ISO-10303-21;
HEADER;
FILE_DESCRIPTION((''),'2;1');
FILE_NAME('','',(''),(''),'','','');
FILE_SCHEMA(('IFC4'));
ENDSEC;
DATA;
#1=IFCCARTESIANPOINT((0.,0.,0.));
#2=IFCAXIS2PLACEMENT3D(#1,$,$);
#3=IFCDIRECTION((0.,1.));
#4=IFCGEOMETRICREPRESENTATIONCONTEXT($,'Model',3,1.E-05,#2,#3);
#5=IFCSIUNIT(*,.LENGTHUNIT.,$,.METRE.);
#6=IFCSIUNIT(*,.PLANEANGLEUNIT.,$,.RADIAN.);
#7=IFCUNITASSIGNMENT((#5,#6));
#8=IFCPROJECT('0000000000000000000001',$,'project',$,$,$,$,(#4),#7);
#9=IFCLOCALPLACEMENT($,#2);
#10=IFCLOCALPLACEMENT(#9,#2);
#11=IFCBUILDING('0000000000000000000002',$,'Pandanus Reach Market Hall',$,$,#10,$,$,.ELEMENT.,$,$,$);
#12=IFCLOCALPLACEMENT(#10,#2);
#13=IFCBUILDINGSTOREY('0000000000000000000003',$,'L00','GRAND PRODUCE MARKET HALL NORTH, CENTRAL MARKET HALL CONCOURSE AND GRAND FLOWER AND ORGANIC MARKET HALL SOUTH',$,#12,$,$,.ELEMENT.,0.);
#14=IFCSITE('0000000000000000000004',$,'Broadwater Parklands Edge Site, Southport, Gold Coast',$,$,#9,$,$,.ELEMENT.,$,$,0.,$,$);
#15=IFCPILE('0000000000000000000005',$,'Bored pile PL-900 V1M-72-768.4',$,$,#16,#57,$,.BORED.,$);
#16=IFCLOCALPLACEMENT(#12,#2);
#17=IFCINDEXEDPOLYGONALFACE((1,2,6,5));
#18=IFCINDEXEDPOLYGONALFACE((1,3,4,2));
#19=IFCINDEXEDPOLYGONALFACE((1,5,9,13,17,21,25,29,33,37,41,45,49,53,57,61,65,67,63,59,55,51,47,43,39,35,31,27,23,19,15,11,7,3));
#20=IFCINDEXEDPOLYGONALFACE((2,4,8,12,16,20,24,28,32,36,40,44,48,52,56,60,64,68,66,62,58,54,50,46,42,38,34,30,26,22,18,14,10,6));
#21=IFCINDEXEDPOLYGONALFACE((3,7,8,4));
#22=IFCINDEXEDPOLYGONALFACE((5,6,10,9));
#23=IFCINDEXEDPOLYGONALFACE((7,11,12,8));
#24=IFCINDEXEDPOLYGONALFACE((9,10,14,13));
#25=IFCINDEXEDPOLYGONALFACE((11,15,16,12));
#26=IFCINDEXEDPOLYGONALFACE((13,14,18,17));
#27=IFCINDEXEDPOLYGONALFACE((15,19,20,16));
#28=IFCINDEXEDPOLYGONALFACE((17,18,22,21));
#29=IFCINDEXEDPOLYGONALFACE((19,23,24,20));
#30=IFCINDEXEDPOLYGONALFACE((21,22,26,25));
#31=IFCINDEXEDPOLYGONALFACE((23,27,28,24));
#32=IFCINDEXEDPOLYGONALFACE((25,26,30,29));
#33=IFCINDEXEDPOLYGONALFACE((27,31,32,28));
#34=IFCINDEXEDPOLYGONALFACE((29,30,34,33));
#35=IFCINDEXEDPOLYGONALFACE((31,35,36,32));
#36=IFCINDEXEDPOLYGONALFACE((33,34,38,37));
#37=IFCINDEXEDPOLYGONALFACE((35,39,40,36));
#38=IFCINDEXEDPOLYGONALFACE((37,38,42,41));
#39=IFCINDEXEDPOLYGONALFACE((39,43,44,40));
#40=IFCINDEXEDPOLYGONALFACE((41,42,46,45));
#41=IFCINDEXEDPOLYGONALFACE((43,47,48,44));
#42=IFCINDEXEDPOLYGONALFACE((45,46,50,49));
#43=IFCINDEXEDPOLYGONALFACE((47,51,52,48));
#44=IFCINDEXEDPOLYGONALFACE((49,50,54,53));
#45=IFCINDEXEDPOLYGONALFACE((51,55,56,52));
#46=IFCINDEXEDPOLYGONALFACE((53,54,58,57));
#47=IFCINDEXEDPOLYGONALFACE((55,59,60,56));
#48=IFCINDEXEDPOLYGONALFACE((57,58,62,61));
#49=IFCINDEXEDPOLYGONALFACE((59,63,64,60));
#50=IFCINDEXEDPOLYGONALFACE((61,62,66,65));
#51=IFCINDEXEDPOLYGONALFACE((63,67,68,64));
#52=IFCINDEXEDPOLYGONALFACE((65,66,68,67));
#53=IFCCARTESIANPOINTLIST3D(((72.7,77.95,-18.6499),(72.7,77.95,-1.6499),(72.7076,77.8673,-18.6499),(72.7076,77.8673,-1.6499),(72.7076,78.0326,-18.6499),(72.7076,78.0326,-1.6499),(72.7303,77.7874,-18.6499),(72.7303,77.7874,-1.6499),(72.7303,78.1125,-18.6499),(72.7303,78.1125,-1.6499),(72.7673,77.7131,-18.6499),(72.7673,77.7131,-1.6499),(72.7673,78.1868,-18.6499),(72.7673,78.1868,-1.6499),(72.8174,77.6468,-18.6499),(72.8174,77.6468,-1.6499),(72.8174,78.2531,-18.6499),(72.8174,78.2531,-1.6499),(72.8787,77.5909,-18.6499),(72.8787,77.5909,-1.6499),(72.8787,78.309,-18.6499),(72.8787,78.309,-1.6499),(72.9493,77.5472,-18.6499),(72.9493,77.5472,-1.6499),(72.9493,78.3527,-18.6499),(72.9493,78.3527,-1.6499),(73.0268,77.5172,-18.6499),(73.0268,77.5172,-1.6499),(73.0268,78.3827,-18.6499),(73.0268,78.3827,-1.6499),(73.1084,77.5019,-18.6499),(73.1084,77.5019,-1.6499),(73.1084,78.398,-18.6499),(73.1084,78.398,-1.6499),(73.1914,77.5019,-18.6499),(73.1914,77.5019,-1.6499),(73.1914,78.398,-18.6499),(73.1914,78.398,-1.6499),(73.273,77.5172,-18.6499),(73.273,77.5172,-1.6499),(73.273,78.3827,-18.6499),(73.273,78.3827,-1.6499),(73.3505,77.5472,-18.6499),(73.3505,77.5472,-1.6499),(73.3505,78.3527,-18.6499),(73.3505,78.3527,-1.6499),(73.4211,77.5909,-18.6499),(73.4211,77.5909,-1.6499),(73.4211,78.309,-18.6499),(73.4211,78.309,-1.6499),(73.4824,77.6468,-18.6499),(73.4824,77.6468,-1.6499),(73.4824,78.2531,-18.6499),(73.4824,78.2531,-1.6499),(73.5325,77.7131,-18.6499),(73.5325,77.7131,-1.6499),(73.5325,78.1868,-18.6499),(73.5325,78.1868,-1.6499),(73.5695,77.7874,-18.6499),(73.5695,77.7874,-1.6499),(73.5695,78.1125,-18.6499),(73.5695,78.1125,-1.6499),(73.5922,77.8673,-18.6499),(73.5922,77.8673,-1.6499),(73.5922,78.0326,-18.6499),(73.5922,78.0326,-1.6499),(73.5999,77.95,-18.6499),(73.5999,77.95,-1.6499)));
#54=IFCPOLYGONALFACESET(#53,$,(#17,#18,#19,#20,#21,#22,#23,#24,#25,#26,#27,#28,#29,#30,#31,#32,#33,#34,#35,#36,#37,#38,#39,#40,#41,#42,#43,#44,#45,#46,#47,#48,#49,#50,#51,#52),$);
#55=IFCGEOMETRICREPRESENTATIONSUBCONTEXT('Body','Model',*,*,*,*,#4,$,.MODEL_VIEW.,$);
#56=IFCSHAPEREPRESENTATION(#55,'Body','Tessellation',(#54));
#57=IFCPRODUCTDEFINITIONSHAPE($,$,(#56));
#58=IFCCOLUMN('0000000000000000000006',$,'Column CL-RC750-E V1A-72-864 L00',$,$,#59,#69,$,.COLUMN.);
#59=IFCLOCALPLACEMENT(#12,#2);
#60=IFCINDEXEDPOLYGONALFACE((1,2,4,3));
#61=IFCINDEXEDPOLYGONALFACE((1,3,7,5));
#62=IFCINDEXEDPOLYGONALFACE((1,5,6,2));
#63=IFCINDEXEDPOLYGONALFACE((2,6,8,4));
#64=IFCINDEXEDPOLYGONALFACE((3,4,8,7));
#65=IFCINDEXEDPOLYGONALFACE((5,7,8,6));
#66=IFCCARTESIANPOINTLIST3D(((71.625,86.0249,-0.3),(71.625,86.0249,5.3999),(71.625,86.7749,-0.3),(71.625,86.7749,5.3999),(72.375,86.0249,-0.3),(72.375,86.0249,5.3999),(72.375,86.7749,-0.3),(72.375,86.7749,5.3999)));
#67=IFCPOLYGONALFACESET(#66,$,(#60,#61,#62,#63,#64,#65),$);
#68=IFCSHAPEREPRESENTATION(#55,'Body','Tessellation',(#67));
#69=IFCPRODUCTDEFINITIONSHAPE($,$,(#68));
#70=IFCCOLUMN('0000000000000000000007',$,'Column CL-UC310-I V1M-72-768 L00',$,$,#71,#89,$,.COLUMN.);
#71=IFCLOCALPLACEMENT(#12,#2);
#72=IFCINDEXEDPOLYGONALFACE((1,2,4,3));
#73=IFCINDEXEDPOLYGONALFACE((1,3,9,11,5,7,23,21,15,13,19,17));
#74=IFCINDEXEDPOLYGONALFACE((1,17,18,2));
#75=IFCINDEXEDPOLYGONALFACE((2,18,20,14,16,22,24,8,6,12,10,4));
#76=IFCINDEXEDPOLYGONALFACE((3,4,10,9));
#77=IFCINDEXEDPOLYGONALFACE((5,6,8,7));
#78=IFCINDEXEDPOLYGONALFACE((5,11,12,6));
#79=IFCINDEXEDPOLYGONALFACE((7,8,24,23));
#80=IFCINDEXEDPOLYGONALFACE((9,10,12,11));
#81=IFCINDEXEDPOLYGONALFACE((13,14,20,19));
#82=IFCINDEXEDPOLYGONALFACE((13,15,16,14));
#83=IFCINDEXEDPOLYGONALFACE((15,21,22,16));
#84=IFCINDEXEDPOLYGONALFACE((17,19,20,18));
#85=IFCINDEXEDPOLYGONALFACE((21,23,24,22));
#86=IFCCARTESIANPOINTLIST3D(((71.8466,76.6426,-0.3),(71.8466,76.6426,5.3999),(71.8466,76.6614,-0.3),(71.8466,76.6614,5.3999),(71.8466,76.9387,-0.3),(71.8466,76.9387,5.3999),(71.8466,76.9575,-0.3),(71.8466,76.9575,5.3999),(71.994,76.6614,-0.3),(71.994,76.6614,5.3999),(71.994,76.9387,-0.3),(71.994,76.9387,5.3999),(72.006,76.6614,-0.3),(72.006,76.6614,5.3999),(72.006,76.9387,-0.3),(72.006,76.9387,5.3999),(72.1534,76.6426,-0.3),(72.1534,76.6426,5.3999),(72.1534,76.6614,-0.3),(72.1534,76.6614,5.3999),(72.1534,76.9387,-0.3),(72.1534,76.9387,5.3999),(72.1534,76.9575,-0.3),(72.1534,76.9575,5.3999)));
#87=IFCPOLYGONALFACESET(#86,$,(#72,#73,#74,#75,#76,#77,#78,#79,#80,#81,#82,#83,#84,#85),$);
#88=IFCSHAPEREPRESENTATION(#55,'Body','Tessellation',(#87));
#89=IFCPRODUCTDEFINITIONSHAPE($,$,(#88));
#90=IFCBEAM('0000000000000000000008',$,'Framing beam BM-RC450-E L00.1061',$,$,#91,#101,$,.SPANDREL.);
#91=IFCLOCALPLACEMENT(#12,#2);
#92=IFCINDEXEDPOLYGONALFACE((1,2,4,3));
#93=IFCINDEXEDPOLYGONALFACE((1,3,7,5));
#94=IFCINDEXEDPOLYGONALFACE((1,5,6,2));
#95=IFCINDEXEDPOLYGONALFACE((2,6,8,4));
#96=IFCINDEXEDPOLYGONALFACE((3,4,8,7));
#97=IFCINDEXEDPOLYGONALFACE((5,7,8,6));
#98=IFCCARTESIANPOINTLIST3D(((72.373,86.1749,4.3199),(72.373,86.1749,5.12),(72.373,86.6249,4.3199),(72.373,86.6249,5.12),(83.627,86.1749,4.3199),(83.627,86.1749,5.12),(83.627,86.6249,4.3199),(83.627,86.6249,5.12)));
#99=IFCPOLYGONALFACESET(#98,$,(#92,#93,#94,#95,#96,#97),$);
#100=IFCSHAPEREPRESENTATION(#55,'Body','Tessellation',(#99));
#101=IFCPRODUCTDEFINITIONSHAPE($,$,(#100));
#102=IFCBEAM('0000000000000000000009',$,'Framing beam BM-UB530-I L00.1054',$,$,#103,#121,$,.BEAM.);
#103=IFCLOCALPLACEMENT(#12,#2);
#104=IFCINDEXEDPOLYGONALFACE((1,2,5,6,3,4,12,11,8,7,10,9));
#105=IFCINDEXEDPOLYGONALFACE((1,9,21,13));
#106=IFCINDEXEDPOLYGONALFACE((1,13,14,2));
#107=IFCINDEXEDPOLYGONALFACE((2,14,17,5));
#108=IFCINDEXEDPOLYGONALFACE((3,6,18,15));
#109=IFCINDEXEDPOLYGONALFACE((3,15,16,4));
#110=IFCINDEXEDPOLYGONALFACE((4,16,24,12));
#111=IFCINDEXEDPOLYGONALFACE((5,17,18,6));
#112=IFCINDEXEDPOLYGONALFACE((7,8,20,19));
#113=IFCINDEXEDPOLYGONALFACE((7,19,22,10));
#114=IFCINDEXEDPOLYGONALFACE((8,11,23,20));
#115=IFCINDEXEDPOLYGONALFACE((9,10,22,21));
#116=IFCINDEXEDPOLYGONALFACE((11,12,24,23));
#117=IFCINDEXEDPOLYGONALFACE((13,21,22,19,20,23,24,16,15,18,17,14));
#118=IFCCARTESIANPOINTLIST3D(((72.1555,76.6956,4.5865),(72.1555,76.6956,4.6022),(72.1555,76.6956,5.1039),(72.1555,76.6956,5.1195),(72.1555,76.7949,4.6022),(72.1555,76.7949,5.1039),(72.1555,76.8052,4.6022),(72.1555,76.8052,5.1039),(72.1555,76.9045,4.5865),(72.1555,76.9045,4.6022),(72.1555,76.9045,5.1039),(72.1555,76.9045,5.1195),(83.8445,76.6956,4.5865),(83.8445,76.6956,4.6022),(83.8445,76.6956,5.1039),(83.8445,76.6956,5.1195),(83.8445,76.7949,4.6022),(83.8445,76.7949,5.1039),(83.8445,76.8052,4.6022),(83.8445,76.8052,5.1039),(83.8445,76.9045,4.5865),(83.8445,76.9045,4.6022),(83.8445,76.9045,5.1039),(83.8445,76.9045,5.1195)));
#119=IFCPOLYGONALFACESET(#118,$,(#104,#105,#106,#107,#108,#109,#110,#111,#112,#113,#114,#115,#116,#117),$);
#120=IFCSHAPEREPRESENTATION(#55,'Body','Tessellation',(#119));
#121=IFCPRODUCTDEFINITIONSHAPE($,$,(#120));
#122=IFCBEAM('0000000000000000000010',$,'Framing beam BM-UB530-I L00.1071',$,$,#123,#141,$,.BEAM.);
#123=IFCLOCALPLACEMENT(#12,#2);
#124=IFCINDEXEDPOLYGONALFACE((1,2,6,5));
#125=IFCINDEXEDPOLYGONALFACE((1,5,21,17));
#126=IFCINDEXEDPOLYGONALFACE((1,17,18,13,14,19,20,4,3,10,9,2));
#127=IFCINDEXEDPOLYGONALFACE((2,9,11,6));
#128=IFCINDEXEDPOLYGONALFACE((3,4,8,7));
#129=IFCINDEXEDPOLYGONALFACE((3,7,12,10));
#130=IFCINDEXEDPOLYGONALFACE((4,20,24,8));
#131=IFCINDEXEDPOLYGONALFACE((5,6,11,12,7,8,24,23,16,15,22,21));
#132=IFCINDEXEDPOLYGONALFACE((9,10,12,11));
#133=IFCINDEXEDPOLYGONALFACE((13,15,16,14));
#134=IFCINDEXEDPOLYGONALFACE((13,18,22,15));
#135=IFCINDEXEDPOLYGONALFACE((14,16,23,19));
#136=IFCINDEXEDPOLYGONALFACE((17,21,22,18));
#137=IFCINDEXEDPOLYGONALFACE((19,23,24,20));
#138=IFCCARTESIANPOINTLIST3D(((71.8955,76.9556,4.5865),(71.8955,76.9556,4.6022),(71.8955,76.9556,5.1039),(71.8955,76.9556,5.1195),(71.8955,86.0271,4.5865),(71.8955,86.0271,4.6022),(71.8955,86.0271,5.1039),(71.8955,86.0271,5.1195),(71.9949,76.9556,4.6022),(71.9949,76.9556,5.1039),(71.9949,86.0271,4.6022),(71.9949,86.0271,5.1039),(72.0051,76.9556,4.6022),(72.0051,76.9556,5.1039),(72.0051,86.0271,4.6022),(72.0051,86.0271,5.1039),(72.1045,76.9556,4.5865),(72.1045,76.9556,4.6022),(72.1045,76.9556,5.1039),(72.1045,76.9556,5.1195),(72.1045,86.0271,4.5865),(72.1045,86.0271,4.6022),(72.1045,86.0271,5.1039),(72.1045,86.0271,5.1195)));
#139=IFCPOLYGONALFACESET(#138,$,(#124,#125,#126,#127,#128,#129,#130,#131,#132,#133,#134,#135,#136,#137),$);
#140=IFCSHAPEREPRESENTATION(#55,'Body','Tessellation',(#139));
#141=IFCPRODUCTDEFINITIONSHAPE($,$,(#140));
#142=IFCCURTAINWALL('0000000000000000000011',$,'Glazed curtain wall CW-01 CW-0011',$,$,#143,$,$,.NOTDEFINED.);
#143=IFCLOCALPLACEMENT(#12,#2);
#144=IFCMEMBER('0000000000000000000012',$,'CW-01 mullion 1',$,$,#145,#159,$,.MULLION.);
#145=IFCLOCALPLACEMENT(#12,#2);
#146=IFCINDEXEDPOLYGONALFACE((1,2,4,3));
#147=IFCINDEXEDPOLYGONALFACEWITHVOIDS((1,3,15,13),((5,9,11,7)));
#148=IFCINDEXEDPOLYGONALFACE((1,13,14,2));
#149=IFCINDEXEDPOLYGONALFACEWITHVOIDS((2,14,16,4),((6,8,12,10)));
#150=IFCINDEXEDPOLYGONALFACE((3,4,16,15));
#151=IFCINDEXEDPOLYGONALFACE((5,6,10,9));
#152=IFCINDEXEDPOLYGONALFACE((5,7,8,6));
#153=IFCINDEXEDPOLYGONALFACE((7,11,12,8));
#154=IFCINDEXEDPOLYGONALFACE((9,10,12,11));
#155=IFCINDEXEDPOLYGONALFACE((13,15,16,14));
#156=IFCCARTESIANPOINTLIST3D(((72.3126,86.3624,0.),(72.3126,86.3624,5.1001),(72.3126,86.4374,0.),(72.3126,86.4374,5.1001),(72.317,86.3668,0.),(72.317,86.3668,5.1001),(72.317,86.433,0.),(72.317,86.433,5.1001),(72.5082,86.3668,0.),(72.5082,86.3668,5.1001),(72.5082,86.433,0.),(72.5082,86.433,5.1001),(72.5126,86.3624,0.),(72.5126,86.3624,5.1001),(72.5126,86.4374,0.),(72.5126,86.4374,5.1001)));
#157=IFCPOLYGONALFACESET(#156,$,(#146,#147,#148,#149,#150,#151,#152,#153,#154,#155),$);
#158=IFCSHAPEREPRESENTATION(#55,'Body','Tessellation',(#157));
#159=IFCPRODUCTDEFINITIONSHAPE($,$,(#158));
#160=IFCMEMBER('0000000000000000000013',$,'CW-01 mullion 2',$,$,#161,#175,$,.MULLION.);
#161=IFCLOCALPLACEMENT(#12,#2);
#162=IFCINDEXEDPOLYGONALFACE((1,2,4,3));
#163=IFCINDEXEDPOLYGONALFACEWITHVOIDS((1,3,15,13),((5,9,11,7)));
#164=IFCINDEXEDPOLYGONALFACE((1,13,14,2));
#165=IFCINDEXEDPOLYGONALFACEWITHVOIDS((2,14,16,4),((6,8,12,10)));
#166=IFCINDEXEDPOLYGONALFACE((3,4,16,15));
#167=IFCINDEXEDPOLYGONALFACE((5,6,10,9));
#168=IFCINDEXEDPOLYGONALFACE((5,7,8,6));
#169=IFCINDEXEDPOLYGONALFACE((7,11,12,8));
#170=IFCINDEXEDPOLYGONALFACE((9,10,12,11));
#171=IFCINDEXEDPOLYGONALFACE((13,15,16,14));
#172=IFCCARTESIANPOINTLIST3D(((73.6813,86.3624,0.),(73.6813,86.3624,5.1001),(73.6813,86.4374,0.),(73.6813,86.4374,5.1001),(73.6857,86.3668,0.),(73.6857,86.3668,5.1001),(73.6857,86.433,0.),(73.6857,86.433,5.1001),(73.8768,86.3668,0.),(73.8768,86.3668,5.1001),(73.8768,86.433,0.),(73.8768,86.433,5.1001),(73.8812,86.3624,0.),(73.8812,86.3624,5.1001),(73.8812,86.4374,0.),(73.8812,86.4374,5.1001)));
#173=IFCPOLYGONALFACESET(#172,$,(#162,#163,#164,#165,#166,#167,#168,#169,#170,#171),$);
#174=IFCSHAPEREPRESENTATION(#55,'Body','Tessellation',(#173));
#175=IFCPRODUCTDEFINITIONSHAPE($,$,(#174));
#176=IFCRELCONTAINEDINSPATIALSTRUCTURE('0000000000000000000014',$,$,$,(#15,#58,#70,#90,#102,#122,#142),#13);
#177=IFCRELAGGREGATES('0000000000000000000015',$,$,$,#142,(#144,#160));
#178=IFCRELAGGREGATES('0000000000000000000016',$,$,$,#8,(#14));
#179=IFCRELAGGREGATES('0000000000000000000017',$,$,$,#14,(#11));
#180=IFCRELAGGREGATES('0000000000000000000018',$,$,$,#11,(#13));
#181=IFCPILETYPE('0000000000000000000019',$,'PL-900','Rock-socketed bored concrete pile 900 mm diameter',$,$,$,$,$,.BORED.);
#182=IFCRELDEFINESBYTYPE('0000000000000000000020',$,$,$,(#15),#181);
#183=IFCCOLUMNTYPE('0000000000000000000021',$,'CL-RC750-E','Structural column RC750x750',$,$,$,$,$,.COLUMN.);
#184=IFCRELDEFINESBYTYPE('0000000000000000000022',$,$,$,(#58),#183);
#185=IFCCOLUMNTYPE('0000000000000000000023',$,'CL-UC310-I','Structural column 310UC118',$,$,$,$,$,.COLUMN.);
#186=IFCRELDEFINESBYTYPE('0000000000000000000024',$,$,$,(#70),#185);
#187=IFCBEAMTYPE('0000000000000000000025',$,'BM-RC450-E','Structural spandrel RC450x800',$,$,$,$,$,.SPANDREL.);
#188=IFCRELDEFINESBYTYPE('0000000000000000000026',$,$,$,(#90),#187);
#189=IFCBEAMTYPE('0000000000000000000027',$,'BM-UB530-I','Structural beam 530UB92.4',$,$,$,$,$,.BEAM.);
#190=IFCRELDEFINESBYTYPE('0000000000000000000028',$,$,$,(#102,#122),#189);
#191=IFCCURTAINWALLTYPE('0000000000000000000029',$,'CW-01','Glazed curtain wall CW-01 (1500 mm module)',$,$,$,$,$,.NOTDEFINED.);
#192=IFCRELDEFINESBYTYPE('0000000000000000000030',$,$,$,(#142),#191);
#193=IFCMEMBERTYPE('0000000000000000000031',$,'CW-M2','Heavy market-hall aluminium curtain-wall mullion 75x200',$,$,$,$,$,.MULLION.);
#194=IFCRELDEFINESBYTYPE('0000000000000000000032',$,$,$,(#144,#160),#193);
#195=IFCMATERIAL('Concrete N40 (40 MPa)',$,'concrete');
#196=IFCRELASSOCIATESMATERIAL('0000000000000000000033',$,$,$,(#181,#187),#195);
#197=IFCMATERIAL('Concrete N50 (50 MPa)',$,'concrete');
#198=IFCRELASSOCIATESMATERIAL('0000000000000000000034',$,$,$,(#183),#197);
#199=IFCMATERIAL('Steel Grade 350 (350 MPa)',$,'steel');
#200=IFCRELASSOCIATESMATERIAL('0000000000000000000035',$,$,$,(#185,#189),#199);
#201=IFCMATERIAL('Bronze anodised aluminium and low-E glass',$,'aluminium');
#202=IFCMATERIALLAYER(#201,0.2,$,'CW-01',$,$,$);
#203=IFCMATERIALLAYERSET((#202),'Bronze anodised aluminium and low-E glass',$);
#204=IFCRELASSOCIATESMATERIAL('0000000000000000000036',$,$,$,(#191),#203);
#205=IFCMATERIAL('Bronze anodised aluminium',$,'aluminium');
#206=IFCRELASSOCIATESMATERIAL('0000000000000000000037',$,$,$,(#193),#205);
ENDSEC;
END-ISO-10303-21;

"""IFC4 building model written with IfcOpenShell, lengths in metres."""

from ifc_helpers import new_model, si_unit, direction, frame, origin, origin_2d, place, context, subcontext, project, spatial, rectangle, hollow_rectangle, circle, i_section, extrude, material, layer, layer_set, material_profile, profile_set, type_object, element, aggregate, save


model = new_model("IFC4")

# Units and contexts
model_context = context("Model", 3, precision=1e-05, world=origin(), true_north=direction((0.0, 1.0)))
body_context = subcontext(model_context, "Body", "Model", "MODEL_VIEW")
ifc_project = project(units=[si_unit("LENGTHUNIT", "METRE"), si_unit("PLANEANGLEUNIT", "RADIAN")], contexts=[model_context])

# Site, building, storey
site_placement = place(None, origin())
site = spatial("IfcSite", under=ifc_project, at=site_placement, Name="Broadwater Parklands Edge Site, Southport, Gold Coast", CompositionType="ELEMENT", RefElevation=0.0)
building_placement = place(site_placement, origin())
building = spatial("IfcBuilding", under=site, at=building_placement, Name="Pandanus Reach Market Hall", CompositionType="ELEMENT")
storey_placement = place(building_placement, origin())
storey = spatial("IfcBuildingStorey", under=building, at=storey_placement, Name="L00", Description="GRAND PRODUCE MARKET HALL NORTH, CENTRAL MARKET HALL CONCOURSE AND GRAND FLOWER AND ORGANIC MARKET HALL SOUTH", CompositionType="ELEMENT", Elevation=0.0)

# Shared definitions
ifc_material_1 = material(Name="Concrete N40 (40 MPa)", Category="concrete")

# Pile
ifc_material_profile_1 = material_profile(ifc_material_1, circle(Radius=0.45, at=origin_2d()), Name="PILE-900D", Category="LoadBearing")
ifc_profile_set_1 = profile_set([ifc_material_profile_1], Name="Concrete N40 (40 MPa)")
pile_type_1 = type_object("IfcPileType", Name="PL-900", Description="Rock-socketed bored concrete pile 900 mm diameter", PredefinedType="BORED", material=ifc_profile_set_1)
for number, where, z_axis, x_axis, name in (
    (1, (73.1499, 77.95, -1.6499), (0.0, 0.0, -1.0), (1.0, 0.0, 0.0), "Bored pile PL-900 V1M-72-768.4"),
):
    element("IfcPile", number, at=place(storey_placement, frame(where, z_axis=z_axis, x_axis=x_axis)), inside=storey, type_object=pile_type_1, Name=name, PredefinedType="BORED", context=body_context, shape_type="SweptSolid", body=[
        extrude(circle(Radius=0.45, at=origin_2d()), origin(), (0.0, 0.0, 1.0), 17.0),
    ])

# Columns
ifc_material_2 = material(Name="Concrete N50 (50 MPa)", Category="concrete")
ifc_material_profile_2 = material_profile(ifc_material_2, rectangle(XDim=0.75, YDim=0.75, at=origin_2d()), Name="RC750x750", Category="LoadBearing")
ifc_profile_set_2 = profile_set([ifc_material_profile_2], Name="Concrete N50 (50 MPa)")
column_type_1 = type_object("IfcColumnType", Name="CL-RC750-E", Description="Structural column RC750x750", PredefinedType="COLUMN", material=ifc_profile_set_2)
column_1_placement = place(storey_placement, frame((72.0, 86.3999, -0.3), z_axis=(0.0, 0.0, 1.0), x_axis=(1.0, 0.0, 0.0)))
element("IfcColumn", 2, at=column_1_placement, inside=storey, type_object=column_type_1, Name="Column CL-RC750-E V1A-72-864 L00", PredefinedType="COLUMN", context=body_context, shape_type="SweptSolid", body=[
    extrude(rectangle(XDim=0.75, YDim=0.75, at=origin_2d()), origin(), (0.0, 0.0, 1.0), 5.7),
])
ifc_material_3 = material(Name="Steel Grade 350 (350 MPa)", Category="steel")
ifc_material_profile_3 = material_profile(ifc_material_3, i_section(OverallWidth=0.3069, OverallDepth=0.3149, WebThickness=0.012, FlangeThickness=0.0188, at=origin_2d()), Name="310UC118", Category="LoadBearing")
ifc_profile_set_3 = profile_set([ifc_material_profile_3], Name="Steel Grade 350 (350 MPa)")
column_type_2 = type_object("IfcColumnType", Name="CL-UC310-I", Description="Structural column 310UC118", PredefinedType="COLUMN", material=ifc_profile_set_3)
column_2_placement = place(storey_placement, frame((72.0, 76.8, -0.3), z_axis=(0.0, 0.0, 1.0), x_axis=(1.0, 0.0, 0.0)))
element("IfcColumn", 3, at=column_2_placement, inside=storey, type_object=column_type_2, Name="Column CL-UC310-I V1M-72-768 L00", PredefinedType="COLUMN", context=body_context, shape_type="SweptSolid", body=[
    extrude(i_section(OverallWidth=0.3069, OverallDepth=0.3149, WebThickness=0.012, FlangeThickness=0.0188, at=origin_2d()), origin(), (0.0, 0.0, 1.0), 5.7),
])

# Beams
ifc_material_profile_4 = material_profile(ifc_material_1, rectangle(XDim=0.45, YDim=0.8, at=origin_2d()), Name="RC450x800", Category="LoadBearing")
ifc_profile_set_4 = profile_set([ifc_material_profile_4], Name="Concrete N40 (40 MPa)")
beam_type_1 = type_object("IfcBeamType", Name="BM-RC450-E", Description="Structural spandrel RC450x800", PredefinedType="SPANDREL", material=ifc_profile_set_4)
beam_1_placement = place(storey_placement, frame((72.373, 86.3999, 4.72), z_axis=(1.0, 0.0, 0.0), x_axis=(0.0, 1.0, 0.0)))
element("IfcBeam", 4, at=beam_1_placement, inside=storey, type_object=beam_type_1, Name="Framing beam BM-RC450-E L00.1061", PredefinedType="SPANDREL", context=body_context, shape_type="SweptSolid", body=[
    extrude(rectangle(XDim=0.45, YDim=0.8, at=origin_2d()), origin(), (0.0, 0.0, 1.0), 11.2539),
])
ifc_material_profile_5 = material_profile(ifc_material_3, i_section(OverallWidth=0.209, OverallDepth=0.533, WebThickness=0.0103, FlangeThickness=0.0156, at=origin_2d()), Name="530UB92.4", Category="LoadBearing")
ifc_profile_set_5 = profile_set([ifc_material_profile_5], Name="Steel Grade 350 (350 MPa)")
beam_type_2 = type_object("IfcBeamType", Name="BM-UB530-I", Description="Structural beam 530UB92.4", PredefinedType="BEAM", material=ifc_profile_set_5)
beam_2_placement = place(storey_placement, frame((72.1555, 76.8, 4.853), z_axis=(1.0, 0.0, 0.0), x_axis=(0.0, 1.0, 0.0)))
element("IfcBeam", 5, at=beam_2_placement, inside=storey, type_object=beam_type_2, Name="Framing beam BM-UB530-I L00.1054", PredefinedType="BEAM", context=body_context, shape_type="SweptSolid", body=[
    extrude(i_section(OverallWidth=0.209, OverallDepth=0.533, WebThickness=0.0103, FlangeThickness=0.0156, at=origin_2d()), origin(), (0.0, 0.0, 1.0), 11.689),
])
beam_3_placement = place(storey_placement, frame((72.0, 76.9556, 4.853), z_axis=(0.0, 1.0, 0.0), x_axis=(-1.0, 0.0, 0.0)))
element("IfcBeam", 6, at=beam_3_placement, inside=storey, type_object=beam_type_2, Name="Framing beam BM-UB530-I L00.1071", PredefinedType="BEAM", context=body_context, shape_type="SweptSolid", body=[
    extrude(i_section(OverallWidth=0.209, OverallDepth=0.533, WebThickness=0.0103, FlangeThickness=0.0156, at=origin_2d()), origin(), (0.0, 0.0, 1.0), 9.0715),
])

# Curtain wall, members
ifc_material_4 = material(Name="Bronze anodised aluminium and low-E glass", Category="aluminium")
ifc_layer_1 = layer(ifc_material_4, 0.2, Name="CW-01")
ifc_layer_set_1 = layer_set([ifc_layer_1], Name="Bronze anodised aluminium and low-E glass")
curtain_wall_type = type_object("IfcCurtainWallType", Name="CW-01", Description="Glazed curtain wall CW-01 (1500 mm module)", PredefinedType="NOTDEFINED", material=ifc_layer_set_1)
curtain_wall_placement = place(storey_placement, origin())
curtain_wall = element("IfcCurtainWall", 7, at=curtain_wall_placement, inside=storey, type_object=curtain_wall_type, Name="Glazed curtain wall CW-01 CW-0011", PredefinedType="NOTDEFINED")
ifc_material_5 = material(Name="Bronze anodised aluminium", Category="aluminium")
ifc_material_profile_6 = material_profile(ifc_material_5, hollow_rectangle(XDim=0.075, YDim=0.2, WallThickness=0.0044, at=origin_2d()), Name="ALU75x200", Category="LoadBearing")
ifc_profile_set_6 = profile_set([ifc_material_profile_6], Name="Bronze anodised aluminium")
member_type_1 = type_object("IfcMemberType", Name="CW-M2", Description="Heavy market-hall aluminium curtain-wall mullion 75x200", PredefinedType="MULLION", material=ifc_profile_set_6)
member_1_placement = place(storey_placement, frame((72.4126, 86.3999, 0.0), z_axis=(0.0, 0.0, 1.0), x_axis=(0.0, 1.0, 0.0)))
member_1 = element("IfcMember", 8, at=member_1_placement, type_object=member_type_1, Name="CW-01 mullion 1", PredefinedType="MULLION", context=body_context, shape_type="SweptSolid", body=[
    extrude(hollow_rectangle(XDim=0.075, YDim=0.2, WallThickness=0.0044, at=origin_2d()), origin(), (0.0, 0.0, 1.0), 5.1001),
])
member_2_placement = place(storey_placement, frame((73.7812, 86.3999, 0.0), z_axis=(0.0, 0.0, 1.0), x_axis=(0.0, 1.0, 0.0)))
member_2 = element("IfcMember", 9, at=member_2_placement, type_object=member_type_1, Name="CW-01 mullion 2", PredefinedType="MULLION", context=body_context, shape_type="SweptSolid", body=[
    extrude(hollow_rectangle(XDim=0.075, YDim=0.2, WallThickness=0.0044, at=origin_2d()), origin(), (0.0, 0.0, 1.0), 5.1001),
])

aggregate(curtain_wall, [member_1, member_2])

save(model, "model.ifc")
